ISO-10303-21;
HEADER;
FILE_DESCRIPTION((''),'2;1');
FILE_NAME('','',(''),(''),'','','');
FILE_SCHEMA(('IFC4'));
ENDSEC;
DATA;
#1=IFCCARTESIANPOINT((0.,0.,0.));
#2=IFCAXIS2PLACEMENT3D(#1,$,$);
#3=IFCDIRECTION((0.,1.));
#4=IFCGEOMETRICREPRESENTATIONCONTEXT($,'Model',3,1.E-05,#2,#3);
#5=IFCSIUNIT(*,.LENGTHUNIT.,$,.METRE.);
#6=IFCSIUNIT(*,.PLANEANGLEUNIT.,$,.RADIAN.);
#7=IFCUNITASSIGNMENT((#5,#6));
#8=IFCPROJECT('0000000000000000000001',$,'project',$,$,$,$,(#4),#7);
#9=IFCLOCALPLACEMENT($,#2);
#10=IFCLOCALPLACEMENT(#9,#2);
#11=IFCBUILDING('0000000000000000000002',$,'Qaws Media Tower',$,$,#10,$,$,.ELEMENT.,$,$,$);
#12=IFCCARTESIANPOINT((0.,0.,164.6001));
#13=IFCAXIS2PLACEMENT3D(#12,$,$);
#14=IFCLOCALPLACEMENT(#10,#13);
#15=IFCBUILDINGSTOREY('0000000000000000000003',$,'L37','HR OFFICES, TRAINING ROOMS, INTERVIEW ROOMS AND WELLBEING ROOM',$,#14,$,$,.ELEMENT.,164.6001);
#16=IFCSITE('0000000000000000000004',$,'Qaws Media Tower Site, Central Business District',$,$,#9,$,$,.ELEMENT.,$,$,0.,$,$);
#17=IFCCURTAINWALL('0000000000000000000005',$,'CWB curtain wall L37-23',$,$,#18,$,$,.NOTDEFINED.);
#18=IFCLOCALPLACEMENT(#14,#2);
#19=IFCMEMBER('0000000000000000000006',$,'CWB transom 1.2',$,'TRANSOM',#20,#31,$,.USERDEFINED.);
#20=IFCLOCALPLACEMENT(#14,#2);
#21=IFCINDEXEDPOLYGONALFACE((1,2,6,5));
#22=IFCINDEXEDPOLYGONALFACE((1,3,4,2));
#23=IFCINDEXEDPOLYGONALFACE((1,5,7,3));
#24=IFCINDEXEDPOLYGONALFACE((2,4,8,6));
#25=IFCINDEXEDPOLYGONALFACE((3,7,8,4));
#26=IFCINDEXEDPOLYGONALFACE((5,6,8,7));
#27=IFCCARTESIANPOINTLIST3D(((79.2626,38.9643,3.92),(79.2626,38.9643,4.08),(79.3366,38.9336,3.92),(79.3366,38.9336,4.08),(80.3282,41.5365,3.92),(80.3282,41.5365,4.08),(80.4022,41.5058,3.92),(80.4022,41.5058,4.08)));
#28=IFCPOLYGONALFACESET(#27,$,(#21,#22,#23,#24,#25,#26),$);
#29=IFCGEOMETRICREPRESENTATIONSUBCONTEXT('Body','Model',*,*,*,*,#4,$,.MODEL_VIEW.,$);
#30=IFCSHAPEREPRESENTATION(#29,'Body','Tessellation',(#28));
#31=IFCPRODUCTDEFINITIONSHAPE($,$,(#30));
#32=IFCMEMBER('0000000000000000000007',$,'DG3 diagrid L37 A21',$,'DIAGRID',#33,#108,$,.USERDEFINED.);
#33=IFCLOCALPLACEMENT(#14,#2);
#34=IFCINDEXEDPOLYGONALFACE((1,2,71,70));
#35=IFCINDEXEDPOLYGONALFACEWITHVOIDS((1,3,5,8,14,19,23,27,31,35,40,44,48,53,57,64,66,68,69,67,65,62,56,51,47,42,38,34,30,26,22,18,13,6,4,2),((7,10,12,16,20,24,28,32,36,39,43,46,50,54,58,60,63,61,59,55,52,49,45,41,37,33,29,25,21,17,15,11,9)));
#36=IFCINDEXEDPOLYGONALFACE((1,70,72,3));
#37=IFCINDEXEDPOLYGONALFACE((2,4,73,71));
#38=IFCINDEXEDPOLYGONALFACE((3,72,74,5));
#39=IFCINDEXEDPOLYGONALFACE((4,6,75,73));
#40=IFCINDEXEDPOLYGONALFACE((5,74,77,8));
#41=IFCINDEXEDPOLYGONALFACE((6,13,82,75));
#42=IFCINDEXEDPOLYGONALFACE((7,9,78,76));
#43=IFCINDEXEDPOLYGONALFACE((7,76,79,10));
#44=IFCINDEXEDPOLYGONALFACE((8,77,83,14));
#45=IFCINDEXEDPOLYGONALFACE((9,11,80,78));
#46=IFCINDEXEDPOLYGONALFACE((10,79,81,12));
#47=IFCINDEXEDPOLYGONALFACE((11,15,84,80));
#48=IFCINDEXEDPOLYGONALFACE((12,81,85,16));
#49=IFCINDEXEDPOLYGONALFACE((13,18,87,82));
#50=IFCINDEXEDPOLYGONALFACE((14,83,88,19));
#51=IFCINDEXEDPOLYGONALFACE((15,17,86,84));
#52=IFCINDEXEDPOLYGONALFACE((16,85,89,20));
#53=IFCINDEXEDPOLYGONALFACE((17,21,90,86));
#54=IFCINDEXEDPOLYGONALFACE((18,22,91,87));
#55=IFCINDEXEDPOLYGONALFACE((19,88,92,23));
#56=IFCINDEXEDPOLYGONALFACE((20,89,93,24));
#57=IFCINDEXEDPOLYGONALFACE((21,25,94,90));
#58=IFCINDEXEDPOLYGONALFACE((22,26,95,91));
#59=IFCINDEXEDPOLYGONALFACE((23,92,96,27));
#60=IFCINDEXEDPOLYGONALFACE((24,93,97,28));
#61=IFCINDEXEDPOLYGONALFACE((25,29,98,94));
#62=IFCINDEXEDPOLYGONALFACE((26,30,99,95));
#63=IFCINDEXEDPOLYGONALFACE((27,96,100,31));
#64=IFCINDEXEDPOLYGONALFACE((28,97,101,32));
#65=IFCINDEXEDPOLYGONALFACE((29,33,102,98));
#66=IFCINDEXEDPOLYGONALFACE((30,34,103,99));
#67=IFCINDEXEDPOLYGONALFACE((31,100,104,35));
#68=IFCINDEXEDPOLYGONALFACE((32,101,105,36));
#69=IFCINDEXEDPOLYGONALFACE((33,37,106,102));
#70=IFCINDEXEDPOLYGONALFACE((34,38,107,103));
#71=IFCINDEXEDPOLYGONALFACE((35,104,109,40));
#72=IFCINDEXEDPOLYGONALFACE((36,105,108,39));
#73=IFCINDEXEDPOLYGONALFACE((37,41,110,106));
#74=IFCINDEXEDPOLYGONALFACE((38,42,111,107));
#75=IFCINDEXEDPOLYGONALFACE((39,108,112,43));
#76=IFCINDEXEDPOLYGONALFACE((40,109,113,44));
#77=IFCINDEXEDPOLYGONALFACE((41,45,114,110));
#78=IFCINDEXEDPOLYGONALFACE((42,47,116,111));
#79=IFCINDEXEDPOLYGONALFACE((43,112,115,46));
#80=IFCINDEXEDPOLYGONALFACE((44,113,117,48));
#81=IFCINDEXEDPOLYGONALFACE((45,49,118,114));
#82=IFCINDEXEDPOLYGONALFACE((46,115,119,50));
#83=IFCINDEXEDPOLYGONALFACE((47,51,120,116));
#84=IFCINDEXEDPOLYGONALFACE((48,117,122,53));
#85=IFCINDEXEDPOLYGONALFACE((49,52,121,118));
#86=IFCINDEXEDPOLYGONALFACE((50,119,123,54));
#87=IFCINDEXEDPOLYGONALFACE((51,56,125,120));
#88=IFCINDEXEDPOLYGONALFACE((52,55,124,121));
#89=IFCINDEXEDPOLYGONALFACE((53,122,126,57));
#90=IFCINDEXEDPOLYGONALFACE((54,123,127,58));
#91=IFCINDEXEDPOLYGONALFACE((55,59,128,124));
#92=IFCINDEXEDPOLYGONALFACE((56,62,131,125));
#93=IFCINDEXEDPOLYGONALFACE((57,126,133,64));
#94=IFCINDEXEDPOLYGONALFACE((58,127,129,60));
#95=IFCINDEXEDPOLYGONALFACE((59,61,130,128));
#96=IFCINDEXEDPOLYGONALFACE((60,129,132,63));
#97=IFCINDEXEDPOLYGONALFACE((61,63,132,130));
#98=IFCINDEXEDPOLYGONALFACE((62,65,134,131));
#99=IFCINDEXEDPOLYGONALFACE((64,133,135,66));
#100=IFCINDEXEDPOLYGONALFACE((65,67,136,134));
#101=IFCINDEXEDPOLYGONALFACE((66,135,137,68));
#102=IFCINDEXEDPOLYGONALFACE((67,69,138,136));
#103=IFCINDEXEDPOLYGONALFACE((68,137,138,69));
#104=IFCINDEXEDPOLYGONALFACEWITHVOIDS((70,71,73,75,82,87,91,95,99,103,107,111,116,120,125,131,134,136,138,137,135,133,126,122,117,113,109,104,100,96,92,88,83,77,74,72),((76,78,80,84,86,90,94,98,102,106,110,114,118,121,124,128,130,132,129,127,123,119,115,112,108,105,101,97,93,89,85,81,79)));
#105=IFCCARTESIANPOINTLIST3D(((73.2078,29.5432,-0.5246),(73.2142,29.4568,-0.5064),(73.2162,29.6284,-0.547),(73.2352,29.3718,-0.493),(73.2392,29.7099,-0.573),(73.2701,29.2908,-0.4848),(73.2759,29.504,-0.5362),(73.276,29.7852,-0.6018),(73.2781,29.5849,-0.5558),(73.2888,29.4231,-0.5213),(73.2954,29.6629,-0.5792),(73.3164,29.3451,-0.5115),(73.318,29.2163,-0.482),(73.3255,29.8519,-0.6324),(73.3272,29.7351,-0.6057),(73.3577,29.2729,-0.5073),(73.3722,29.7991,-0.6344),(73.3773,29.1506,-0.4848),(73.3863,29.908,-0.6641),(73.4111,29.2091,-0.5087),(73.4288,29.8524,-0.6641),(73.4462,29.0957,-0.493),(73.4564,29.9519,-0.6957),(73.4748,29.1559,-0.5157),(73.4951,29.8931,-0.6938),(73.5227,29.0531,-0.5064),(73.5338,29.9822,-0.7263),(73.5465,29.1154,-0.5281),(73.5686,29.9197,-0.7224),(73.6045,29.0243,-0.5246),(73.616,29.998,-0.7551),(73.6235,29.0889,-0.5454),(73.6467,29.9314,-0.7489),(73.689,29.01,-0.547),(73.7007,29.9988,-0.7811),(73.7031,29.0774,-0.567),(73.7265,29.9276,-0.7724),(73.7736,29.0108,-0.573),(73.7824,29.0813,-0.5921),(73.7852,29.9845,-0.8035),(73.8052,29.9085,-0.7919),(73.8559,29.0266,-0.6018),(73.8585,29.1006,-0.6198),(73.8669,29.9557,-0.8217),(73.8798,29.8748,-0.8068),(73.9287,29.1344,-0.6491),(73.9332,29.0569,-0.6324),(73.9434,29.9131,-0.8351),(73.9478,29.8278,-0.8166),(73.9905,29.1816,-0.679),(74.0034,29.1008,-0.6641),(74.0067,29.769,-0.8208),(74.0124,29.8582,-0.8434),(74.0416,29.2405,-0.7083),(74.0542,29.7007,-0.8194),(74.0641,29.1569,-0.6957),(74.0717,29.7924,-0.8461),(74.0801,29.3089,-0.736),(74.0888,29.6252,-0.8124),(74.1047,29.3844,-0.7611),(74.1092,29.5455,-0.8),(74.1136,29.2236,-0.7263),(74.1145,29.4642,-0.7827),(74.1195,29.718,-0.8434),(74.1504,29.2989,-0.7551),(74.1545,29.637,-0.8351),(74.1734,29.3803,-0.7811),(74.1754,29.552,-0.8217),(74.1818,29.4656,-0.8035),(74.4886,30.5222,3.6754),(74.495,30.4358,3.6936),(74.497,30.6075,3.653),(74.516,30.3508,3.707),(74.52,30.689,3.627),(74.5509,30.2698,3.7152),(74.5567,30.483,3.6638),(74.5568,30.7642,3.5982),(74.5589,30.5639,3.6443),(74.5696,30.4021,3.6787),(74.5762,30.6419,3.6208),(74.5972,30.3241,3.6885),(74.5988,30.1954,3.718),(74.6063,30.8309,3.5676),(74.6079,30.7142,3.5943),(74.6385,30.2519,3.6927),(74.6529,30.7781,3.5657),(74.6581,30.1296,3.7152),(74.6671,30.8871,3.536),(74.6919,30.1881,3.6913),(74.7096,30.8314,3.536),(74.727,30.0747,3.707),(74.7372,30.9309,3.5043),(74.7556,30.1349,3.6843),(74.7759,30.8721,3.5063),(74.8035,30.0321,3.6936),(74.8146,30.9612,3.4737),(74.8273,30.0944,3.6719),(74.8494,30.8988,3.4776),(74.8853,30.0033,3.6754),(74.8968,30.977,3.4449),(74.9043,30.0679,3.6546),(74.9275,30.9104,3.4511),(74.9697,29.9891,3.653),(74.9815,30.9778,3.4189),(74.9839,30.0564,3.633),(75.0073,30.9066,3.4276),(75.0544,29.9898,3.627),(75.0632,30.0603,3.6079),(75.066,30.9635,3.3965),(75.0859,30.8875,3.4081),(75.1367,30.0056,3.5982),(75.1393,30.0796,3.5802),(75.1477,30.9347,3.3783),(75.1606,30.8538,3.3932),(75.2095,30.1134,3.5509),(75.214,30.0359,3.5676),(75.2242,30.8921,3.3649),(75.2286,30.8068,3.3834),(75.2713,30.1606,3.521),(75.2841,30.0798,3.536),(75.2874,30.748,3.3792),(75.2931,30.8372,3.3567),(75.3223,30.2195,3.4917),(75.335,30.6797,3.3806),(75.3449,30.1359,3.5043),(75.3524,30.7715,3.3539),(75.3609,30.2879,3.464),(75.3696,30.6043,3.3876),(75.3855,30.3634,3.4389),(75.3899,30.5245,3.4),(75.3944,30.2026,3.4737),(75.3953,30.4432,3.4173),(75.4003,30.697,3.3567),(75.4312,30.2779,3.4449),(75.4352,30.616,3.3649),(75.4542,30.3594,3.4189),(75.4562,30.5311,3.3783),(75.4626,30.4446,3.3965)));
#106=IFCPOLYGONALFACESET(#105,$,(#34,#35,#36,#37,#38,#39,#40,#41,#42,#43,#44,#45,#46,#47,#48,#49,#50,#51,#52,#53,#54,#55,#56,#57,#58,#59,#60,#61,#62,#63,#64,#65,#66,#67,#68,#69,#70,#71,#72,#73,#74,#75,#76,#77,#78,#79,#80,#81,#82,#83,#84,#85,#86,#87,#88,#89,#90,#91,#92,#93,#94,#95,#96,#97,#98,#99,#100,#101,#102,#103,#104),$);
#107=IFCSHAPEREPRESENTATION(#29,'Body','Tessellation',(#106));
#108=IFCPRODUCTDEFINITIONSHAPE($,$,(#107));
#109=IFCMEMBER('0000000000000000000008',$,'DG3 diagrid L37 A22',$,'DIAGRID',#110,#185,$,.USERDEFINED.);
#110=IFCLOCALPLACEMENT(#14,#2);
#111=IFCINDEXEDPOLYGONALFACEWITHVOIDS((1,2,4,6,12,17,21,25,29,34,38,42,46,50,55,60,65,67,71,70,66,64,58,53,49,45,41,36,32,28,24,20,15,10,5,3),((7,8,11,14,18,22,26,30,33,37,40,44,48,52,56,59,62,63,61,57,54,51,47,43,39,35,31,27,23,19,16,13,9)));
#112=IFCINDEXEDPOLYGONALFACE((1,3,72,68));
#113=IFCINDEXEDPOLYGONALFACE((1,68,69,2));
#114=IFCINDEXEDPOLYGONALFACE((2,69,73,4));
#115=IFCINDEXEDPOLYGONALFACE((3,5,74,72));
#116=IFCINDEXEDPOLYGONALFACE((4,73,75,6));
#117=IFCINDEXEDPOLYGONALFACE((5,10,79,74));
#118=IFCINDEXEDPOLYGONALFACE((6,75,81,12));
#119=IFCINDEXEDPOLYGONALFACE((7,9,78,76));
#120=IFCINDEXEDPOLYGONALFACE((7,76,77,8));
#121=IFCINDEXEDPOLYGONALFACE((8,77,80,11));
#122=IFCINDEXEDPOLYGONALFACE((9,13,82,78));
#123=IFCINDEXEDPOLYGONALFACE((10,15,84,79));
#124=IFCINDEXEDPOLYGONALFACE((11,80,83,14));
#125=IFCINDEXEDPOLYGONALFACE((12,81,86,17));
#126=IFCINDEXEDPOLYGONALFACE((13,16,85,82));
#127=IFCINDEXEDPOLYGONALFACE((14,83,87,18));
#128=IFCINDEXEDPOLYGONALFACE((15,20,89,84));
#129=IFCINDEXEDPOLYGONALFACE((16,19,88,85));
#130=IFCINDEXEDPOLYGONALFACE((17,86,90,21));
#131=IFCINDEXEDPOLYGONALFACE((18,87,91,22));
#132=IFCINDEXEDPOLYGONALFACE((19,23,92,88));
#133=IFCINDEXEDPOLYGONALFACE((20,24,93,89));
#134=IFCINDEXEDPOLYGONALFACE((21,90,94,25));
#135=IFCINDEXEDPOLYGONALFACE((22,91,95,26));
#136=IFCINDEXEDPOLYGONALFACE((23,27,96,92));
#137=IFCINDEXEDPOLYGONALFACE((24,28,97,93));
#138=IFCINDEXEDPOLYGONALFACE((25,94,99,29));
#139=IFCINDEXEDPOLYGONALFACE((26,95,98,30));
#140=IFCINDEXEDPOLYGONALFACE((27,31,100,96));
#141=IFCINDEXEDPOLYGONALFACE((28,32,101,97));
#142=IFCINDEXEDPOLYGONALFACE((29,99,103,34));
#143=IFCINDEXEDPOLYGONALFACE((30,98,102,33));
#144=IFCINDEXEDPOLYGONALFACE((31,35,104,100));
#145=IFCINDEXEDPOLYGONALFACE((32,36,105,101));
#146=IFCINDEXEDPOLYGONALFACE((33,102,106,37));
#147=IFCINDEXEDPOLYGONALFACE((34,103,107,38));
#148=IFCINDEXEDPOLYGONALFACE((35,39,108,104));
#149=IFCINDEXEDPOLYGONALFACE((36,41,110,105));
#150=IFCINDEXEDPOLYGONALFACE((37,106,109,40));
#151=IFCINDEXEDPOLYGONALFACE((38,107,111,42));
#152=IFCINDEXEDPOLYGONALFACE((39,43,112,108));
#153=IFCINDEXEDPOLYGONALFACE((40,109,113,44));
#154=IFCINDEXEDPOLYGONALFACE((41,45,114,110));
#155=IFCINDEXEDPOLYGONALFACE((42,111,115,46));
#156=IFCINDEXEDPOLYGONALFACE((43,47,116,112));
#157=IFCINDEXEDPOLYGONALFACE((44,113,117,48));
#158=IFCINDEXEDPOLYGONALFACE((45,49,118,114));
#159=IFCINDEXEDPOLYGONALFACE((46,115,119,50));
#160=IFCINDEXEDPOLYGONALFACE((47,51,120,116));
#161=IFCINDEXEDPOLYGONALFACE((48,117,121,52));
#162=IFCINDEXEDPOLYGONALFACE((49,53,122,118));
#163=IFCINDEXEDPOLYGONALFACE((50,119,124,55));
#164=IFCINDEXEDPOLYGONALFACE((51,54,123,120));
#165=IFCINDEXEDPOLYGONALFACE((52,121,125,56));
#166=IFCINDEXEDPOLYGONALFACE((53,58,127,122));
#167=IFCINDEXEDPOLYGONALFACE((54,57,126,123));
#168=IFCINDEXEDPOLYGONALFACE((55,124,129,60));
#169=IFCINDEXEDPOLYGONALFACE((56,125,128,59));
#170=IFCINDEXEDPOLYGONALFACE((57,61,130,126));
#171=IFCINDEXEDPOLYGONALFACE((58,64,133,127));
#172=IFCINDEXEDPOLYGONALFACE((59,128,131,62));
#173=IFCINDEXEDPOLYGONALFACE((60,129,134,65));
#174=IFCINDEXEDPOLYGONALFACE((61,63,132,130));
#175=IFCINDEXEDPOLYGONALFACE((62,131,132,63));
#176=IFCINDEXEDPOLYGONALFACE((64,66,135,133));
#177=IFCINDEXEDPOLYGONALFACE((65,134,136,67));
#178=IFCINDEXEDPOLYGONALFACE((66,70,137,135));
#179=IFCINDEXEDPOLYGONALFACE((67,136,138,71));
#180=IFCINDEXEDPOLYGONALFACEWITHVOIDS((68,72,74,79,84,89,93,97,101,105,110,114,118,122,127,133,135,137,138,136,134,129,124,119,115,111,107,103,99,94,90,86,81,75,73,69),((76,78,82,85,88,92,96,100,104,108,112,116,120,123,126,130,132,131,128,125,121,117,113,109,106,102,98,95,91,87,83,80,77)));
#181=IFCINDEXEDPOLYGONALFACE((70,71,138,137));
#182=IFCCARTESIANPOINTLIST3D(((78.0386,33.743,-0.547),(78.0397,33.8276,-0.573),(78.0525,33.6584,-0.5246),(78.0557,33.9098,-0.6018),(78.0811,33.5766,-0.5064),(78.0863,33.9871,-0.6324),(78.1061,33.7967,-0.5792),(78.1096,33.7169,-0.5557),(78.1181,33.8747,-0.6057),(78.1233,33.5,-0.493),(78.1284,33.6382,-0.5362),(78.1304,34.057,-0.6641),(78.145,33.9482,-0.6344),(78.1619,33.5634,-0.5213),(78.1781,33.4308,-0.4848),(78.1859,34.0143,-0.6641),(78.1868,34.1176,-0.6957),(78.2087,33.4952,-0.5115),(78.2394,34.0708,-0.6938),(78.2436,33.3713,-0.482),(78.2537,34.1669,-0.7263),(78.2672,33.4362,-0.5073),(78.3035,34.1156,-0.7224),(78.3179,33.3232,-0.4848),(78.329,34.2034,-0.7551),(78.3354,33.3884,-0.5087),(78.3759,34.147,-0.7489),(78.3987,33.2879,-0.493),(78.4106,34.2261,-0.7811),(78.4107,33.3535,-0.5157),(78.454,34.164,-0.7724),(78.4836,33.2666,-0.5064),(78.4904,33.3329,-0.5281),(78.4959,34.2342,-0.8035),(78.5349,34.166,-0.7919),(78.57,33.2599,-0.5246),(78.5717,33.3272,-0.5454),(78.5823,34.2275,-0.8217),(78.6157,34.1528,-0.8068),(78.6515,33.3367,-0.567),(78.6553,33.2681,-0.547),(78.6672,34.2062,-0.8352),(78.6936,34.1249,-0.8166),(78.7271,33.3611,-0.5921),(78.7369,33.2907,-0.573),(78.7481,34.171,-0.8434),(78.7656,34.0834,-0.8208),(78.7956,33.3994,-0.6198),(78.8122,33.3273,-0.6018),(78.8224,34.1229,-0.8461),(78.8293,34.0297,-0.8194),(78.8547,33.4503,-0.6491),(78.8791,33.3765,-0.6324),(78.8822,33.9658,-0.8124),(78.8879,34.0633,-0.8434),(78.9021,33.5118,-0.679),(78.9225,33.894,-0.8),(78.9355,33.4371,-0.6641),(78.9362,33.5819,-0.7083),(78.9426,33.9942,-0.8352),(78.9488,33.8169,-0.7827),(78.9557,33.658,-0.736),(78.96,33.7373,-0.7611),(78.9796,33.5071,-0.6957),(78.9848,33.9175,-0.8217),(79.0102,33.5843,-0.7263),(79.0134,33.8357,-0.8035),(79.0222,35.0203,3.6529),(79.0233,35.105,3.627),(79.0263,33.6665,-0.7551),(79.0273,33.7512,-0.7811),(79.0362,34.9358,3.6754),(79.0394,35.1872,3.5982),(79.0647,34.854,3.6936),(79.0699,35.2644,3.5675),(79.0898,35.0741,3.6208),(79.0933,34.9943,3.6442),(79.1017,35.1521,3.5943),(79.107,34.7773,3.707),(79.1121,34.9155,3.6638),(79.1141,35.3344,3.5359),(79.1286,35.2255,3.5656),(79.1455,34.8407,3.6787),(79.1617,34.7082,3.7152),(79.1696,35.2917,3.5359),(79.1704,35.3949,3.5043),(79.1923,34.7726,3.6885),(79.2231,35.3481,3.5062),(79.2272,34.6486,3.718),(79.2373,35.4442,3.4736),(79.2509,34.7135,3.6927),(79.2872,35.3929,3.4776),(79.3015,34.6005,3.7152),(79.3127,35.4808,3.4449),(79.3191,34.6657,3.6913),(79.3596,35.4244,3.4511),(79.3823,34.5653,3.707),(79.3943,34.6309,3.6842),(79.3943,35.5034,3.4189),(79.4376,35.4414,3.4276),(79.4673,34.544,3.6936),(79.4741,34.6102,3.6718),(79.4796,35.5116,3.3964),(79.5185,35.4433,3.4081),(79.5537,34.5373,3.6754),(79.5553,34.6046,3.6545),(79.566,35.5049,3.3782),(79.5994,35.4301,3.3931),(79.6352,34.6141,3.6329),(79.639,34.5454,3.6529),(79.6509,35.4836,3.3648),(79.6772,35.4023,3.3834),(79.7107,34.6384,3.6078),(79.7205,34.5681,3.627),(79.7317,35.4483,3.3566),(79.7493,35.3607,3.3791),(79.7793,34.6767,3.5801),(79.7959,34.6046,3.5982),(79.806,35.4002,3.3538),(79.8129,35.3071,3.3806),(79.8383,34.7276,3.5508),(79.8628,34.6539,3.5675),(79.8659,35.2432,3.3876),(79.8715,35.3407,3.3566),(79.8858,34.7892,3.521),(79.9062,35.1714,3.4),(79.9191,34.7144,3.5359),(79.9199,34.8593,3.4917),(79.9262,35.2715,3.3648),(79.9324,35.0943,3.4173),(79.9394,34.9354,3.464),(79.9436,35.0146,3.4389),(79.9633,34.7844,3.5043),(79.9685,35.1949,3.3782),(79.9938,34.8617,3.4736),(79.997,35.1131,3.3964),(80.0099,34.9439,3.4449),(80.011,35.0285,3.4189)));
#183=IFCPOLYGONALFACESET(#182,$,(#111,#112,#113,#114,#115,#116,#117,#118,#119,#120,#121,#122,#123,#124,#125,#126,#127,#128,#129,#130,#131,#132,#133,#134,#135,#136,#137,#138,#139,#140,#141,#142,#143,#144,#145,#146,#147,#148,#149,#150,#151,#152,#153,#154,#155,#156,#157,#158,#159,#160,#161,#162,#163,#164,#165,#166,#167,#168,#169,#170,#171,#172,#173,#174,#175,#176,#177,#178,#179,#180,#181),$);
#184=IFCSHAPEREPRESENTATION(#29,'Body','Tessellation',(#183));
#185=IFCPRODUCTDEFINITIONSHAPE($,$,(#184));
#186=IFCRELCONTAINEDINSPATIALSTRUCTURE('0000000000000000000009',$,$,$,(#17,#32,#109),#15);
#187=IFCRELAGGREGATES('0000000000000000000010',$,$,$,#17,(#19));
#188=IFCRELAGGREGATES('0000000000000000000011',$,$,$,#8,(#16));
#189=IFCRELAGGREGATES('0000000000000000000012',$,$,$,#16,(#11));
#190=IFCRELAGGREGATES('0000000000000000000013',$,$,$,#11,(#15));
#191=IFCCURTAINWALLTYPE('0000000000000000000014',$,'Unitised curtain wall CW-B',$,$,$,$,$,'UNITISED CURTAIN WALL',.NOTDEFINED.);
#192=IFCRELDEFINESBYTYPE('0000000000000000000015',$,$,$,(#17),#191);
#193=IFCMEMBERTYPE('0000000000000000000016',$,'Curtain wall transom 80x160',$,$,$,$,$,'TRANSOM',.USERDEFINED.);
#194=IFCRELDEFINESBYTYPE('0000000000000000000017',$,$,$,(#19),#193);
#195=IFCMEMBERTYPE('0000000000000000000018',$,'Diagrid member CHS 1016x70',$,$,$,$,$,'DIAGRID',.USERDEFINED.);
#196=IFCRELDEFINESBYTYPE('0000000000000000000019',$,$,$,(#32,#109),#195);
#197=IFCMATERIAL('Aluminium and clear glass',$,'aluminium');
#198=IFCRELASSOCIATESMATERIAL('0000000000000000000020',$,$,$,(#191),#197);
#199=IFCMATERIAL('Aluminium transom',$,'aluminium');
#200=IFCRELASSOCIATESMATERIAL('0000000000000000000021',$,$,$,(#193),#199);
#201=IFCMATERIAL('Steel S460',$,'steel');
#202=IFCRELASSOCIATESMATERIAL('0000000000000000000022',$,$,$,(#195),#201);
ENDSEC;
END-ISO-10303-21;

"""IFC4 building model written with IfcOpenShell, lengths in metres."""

from ifc_helpers import new_model, si_unit, direction, frame, origin, origin_2d, place, context, subcontext, project, spatial, rectangle, hollow_circle, extrude, material, material_profile, profile_set, type_object, element, aggregate, save


model = new_model("IFC4")

# Units and contexts
model_context = context("Model", 3, precision=1e-05, world=origin(), true_north=direction((0.0, 1.0)))
body_context = subcontext(model_context, "Body", "Model", "MODEL_VIEW")
ifc_project = project(units=[si_unit("LENGTHUNIT", "METRE"), si_unit("PLANEANGLEUNIT", "RADIAN")], contexts=[model_context])

# Site, building, storey
site_placement = place(None, origin())
site = spatial("IfcSite", under=ifc_project, at=site_placement, Name="Qaws Media Tower Site, Central Business District", CompositionType="ELEMENT", RefElevation=0.0)
building_placement = place(site_placement, origin())
building = spatial("IfcBuilding", under=site, at=building_placement, Name="Qaws Media Tower", CompositionType="ELEMENT")
storey_placement = place(building_placement, frame((0.0, 0.0, 164.6001)))
storey = spatial("IfcBuildingStorey", under=building, at=storey_placement, Name="L37", Description="HR OFFICES, TRAINING ROOMS, INTERVIEW ROOMS AND WELLBEING ROOM", CompositionType="ELEMENT", Elevation=164.6001)

# Shared definitions
ifc_material_1 = material(Name="Aluminium and clear glass", Category="aluminium")
curtain_wall_type = type_object("IfcCurtainWallType", Name="Unitised curtain wall CW-B", ElementType="UNITISED CURTAIN WALL", PredefinedType="NOTDEFINED", material=ifc_material_1)

# Curtain wall
curtain_wall_1_placement = place(storey_placement, origin())
curtain_wall_1 = element("IfcCurtainWall", 1, at=curtain_wall_1_placement, inside=storey, type_object=curtain_wall_type, Name="CWB curtain wall L37-23", PredefinedType="NOTDEFINED")

# Member
ifc_material_2 = material(Name="Aluminium transom", Category="aluminium")
ifc_material_profile_1 = material_profile(ifc_material_2, rectangle(XDim=0.0801, YDim=0.1599, at=origin_2d()), Name="80x160")
ifc_profile_set_1 = profile_set([ifc_material_profile_1], Name="Aluminium transom")
member_type_1 = type_object("IfcMemberType", Name="Curtain wall transom 80x160", ElementType="TRANSOM", PredefinedType="USERDEFINED", material=ifc_profile_set_1)
member_1_placement = place(storey_placement, frame((79.2996, 38.949, 4.0), z_axis=(0.382747, 0.923853, 0.0), x_axis=(-0.923853, 0.382747, 0.0)))
member_1 = element("IfcMember", 2, at=member_1_placement, type_object=member_type_1, Name="CWB transom 1.2", ObjectType="TRANSOM", PredefinedType="USERDEFINED", context=body_context, shape_type="SweptSolid", body=[
    extrude(rectangle(XDim=0.0801, YDim=0.1599, at=origin_2d()), origin(), (0.0, 0.0, 1.0), 2.7842),
])
aggregate(curtain_wall_1, [member_1])

# Members
ifc_material_3 = material(Name="Steel S460", Category="steel")
ifc_material_profile_2 = material_profile(ifc_material_3, hollow_circle(Radius=0.5081, WallThickness=0.0701, at=origin_2d()), Name="CHS 1016x70")
ifc_profile_set_2 = profile_set([ifc_material_profile_2], Name="Steel S460")
member_type_2 = type_object("IfcMemberType", Name="Diagrid member CHS 1016x70", ElementType="DIAGRID", PredefinedType="USERDEFINED", material=ifc_profile_set_2)
for number, where, z_axis, x_axis, name in (
    (3, (73.6948, 29.5044, -0.6641), (0.284695, 0.217619, 0.93359), (-0.607293, 0.794478, 0.0), "DG3 diagrid L37 A21"),
    (4, (78.533, 33.7471, -0.6641), (0.218648, 0.283933, 0.933582), (-0.792303, 0.610128, 0.0), "DG3 diagrid L37 A22"),
):
    element("IfcMember", number, at=place(storey_placement, frame(where, z_axis=z_axis, x_axis=x_axis)), inside=storey, type_object=member_type_2, Name=name, ObjectType="DIAGRID", PredefinedType="USERDEFINED", context=body_context, shape_type="SweptSolid", body=[
        extrude(hollow_circle(Radius=0.5081, WallThickness=0.0701, at=origin_2d()), origin(), (0.0, 0.0, 1.0), 4.4988),
    ])

save(model, "model.ifc")
